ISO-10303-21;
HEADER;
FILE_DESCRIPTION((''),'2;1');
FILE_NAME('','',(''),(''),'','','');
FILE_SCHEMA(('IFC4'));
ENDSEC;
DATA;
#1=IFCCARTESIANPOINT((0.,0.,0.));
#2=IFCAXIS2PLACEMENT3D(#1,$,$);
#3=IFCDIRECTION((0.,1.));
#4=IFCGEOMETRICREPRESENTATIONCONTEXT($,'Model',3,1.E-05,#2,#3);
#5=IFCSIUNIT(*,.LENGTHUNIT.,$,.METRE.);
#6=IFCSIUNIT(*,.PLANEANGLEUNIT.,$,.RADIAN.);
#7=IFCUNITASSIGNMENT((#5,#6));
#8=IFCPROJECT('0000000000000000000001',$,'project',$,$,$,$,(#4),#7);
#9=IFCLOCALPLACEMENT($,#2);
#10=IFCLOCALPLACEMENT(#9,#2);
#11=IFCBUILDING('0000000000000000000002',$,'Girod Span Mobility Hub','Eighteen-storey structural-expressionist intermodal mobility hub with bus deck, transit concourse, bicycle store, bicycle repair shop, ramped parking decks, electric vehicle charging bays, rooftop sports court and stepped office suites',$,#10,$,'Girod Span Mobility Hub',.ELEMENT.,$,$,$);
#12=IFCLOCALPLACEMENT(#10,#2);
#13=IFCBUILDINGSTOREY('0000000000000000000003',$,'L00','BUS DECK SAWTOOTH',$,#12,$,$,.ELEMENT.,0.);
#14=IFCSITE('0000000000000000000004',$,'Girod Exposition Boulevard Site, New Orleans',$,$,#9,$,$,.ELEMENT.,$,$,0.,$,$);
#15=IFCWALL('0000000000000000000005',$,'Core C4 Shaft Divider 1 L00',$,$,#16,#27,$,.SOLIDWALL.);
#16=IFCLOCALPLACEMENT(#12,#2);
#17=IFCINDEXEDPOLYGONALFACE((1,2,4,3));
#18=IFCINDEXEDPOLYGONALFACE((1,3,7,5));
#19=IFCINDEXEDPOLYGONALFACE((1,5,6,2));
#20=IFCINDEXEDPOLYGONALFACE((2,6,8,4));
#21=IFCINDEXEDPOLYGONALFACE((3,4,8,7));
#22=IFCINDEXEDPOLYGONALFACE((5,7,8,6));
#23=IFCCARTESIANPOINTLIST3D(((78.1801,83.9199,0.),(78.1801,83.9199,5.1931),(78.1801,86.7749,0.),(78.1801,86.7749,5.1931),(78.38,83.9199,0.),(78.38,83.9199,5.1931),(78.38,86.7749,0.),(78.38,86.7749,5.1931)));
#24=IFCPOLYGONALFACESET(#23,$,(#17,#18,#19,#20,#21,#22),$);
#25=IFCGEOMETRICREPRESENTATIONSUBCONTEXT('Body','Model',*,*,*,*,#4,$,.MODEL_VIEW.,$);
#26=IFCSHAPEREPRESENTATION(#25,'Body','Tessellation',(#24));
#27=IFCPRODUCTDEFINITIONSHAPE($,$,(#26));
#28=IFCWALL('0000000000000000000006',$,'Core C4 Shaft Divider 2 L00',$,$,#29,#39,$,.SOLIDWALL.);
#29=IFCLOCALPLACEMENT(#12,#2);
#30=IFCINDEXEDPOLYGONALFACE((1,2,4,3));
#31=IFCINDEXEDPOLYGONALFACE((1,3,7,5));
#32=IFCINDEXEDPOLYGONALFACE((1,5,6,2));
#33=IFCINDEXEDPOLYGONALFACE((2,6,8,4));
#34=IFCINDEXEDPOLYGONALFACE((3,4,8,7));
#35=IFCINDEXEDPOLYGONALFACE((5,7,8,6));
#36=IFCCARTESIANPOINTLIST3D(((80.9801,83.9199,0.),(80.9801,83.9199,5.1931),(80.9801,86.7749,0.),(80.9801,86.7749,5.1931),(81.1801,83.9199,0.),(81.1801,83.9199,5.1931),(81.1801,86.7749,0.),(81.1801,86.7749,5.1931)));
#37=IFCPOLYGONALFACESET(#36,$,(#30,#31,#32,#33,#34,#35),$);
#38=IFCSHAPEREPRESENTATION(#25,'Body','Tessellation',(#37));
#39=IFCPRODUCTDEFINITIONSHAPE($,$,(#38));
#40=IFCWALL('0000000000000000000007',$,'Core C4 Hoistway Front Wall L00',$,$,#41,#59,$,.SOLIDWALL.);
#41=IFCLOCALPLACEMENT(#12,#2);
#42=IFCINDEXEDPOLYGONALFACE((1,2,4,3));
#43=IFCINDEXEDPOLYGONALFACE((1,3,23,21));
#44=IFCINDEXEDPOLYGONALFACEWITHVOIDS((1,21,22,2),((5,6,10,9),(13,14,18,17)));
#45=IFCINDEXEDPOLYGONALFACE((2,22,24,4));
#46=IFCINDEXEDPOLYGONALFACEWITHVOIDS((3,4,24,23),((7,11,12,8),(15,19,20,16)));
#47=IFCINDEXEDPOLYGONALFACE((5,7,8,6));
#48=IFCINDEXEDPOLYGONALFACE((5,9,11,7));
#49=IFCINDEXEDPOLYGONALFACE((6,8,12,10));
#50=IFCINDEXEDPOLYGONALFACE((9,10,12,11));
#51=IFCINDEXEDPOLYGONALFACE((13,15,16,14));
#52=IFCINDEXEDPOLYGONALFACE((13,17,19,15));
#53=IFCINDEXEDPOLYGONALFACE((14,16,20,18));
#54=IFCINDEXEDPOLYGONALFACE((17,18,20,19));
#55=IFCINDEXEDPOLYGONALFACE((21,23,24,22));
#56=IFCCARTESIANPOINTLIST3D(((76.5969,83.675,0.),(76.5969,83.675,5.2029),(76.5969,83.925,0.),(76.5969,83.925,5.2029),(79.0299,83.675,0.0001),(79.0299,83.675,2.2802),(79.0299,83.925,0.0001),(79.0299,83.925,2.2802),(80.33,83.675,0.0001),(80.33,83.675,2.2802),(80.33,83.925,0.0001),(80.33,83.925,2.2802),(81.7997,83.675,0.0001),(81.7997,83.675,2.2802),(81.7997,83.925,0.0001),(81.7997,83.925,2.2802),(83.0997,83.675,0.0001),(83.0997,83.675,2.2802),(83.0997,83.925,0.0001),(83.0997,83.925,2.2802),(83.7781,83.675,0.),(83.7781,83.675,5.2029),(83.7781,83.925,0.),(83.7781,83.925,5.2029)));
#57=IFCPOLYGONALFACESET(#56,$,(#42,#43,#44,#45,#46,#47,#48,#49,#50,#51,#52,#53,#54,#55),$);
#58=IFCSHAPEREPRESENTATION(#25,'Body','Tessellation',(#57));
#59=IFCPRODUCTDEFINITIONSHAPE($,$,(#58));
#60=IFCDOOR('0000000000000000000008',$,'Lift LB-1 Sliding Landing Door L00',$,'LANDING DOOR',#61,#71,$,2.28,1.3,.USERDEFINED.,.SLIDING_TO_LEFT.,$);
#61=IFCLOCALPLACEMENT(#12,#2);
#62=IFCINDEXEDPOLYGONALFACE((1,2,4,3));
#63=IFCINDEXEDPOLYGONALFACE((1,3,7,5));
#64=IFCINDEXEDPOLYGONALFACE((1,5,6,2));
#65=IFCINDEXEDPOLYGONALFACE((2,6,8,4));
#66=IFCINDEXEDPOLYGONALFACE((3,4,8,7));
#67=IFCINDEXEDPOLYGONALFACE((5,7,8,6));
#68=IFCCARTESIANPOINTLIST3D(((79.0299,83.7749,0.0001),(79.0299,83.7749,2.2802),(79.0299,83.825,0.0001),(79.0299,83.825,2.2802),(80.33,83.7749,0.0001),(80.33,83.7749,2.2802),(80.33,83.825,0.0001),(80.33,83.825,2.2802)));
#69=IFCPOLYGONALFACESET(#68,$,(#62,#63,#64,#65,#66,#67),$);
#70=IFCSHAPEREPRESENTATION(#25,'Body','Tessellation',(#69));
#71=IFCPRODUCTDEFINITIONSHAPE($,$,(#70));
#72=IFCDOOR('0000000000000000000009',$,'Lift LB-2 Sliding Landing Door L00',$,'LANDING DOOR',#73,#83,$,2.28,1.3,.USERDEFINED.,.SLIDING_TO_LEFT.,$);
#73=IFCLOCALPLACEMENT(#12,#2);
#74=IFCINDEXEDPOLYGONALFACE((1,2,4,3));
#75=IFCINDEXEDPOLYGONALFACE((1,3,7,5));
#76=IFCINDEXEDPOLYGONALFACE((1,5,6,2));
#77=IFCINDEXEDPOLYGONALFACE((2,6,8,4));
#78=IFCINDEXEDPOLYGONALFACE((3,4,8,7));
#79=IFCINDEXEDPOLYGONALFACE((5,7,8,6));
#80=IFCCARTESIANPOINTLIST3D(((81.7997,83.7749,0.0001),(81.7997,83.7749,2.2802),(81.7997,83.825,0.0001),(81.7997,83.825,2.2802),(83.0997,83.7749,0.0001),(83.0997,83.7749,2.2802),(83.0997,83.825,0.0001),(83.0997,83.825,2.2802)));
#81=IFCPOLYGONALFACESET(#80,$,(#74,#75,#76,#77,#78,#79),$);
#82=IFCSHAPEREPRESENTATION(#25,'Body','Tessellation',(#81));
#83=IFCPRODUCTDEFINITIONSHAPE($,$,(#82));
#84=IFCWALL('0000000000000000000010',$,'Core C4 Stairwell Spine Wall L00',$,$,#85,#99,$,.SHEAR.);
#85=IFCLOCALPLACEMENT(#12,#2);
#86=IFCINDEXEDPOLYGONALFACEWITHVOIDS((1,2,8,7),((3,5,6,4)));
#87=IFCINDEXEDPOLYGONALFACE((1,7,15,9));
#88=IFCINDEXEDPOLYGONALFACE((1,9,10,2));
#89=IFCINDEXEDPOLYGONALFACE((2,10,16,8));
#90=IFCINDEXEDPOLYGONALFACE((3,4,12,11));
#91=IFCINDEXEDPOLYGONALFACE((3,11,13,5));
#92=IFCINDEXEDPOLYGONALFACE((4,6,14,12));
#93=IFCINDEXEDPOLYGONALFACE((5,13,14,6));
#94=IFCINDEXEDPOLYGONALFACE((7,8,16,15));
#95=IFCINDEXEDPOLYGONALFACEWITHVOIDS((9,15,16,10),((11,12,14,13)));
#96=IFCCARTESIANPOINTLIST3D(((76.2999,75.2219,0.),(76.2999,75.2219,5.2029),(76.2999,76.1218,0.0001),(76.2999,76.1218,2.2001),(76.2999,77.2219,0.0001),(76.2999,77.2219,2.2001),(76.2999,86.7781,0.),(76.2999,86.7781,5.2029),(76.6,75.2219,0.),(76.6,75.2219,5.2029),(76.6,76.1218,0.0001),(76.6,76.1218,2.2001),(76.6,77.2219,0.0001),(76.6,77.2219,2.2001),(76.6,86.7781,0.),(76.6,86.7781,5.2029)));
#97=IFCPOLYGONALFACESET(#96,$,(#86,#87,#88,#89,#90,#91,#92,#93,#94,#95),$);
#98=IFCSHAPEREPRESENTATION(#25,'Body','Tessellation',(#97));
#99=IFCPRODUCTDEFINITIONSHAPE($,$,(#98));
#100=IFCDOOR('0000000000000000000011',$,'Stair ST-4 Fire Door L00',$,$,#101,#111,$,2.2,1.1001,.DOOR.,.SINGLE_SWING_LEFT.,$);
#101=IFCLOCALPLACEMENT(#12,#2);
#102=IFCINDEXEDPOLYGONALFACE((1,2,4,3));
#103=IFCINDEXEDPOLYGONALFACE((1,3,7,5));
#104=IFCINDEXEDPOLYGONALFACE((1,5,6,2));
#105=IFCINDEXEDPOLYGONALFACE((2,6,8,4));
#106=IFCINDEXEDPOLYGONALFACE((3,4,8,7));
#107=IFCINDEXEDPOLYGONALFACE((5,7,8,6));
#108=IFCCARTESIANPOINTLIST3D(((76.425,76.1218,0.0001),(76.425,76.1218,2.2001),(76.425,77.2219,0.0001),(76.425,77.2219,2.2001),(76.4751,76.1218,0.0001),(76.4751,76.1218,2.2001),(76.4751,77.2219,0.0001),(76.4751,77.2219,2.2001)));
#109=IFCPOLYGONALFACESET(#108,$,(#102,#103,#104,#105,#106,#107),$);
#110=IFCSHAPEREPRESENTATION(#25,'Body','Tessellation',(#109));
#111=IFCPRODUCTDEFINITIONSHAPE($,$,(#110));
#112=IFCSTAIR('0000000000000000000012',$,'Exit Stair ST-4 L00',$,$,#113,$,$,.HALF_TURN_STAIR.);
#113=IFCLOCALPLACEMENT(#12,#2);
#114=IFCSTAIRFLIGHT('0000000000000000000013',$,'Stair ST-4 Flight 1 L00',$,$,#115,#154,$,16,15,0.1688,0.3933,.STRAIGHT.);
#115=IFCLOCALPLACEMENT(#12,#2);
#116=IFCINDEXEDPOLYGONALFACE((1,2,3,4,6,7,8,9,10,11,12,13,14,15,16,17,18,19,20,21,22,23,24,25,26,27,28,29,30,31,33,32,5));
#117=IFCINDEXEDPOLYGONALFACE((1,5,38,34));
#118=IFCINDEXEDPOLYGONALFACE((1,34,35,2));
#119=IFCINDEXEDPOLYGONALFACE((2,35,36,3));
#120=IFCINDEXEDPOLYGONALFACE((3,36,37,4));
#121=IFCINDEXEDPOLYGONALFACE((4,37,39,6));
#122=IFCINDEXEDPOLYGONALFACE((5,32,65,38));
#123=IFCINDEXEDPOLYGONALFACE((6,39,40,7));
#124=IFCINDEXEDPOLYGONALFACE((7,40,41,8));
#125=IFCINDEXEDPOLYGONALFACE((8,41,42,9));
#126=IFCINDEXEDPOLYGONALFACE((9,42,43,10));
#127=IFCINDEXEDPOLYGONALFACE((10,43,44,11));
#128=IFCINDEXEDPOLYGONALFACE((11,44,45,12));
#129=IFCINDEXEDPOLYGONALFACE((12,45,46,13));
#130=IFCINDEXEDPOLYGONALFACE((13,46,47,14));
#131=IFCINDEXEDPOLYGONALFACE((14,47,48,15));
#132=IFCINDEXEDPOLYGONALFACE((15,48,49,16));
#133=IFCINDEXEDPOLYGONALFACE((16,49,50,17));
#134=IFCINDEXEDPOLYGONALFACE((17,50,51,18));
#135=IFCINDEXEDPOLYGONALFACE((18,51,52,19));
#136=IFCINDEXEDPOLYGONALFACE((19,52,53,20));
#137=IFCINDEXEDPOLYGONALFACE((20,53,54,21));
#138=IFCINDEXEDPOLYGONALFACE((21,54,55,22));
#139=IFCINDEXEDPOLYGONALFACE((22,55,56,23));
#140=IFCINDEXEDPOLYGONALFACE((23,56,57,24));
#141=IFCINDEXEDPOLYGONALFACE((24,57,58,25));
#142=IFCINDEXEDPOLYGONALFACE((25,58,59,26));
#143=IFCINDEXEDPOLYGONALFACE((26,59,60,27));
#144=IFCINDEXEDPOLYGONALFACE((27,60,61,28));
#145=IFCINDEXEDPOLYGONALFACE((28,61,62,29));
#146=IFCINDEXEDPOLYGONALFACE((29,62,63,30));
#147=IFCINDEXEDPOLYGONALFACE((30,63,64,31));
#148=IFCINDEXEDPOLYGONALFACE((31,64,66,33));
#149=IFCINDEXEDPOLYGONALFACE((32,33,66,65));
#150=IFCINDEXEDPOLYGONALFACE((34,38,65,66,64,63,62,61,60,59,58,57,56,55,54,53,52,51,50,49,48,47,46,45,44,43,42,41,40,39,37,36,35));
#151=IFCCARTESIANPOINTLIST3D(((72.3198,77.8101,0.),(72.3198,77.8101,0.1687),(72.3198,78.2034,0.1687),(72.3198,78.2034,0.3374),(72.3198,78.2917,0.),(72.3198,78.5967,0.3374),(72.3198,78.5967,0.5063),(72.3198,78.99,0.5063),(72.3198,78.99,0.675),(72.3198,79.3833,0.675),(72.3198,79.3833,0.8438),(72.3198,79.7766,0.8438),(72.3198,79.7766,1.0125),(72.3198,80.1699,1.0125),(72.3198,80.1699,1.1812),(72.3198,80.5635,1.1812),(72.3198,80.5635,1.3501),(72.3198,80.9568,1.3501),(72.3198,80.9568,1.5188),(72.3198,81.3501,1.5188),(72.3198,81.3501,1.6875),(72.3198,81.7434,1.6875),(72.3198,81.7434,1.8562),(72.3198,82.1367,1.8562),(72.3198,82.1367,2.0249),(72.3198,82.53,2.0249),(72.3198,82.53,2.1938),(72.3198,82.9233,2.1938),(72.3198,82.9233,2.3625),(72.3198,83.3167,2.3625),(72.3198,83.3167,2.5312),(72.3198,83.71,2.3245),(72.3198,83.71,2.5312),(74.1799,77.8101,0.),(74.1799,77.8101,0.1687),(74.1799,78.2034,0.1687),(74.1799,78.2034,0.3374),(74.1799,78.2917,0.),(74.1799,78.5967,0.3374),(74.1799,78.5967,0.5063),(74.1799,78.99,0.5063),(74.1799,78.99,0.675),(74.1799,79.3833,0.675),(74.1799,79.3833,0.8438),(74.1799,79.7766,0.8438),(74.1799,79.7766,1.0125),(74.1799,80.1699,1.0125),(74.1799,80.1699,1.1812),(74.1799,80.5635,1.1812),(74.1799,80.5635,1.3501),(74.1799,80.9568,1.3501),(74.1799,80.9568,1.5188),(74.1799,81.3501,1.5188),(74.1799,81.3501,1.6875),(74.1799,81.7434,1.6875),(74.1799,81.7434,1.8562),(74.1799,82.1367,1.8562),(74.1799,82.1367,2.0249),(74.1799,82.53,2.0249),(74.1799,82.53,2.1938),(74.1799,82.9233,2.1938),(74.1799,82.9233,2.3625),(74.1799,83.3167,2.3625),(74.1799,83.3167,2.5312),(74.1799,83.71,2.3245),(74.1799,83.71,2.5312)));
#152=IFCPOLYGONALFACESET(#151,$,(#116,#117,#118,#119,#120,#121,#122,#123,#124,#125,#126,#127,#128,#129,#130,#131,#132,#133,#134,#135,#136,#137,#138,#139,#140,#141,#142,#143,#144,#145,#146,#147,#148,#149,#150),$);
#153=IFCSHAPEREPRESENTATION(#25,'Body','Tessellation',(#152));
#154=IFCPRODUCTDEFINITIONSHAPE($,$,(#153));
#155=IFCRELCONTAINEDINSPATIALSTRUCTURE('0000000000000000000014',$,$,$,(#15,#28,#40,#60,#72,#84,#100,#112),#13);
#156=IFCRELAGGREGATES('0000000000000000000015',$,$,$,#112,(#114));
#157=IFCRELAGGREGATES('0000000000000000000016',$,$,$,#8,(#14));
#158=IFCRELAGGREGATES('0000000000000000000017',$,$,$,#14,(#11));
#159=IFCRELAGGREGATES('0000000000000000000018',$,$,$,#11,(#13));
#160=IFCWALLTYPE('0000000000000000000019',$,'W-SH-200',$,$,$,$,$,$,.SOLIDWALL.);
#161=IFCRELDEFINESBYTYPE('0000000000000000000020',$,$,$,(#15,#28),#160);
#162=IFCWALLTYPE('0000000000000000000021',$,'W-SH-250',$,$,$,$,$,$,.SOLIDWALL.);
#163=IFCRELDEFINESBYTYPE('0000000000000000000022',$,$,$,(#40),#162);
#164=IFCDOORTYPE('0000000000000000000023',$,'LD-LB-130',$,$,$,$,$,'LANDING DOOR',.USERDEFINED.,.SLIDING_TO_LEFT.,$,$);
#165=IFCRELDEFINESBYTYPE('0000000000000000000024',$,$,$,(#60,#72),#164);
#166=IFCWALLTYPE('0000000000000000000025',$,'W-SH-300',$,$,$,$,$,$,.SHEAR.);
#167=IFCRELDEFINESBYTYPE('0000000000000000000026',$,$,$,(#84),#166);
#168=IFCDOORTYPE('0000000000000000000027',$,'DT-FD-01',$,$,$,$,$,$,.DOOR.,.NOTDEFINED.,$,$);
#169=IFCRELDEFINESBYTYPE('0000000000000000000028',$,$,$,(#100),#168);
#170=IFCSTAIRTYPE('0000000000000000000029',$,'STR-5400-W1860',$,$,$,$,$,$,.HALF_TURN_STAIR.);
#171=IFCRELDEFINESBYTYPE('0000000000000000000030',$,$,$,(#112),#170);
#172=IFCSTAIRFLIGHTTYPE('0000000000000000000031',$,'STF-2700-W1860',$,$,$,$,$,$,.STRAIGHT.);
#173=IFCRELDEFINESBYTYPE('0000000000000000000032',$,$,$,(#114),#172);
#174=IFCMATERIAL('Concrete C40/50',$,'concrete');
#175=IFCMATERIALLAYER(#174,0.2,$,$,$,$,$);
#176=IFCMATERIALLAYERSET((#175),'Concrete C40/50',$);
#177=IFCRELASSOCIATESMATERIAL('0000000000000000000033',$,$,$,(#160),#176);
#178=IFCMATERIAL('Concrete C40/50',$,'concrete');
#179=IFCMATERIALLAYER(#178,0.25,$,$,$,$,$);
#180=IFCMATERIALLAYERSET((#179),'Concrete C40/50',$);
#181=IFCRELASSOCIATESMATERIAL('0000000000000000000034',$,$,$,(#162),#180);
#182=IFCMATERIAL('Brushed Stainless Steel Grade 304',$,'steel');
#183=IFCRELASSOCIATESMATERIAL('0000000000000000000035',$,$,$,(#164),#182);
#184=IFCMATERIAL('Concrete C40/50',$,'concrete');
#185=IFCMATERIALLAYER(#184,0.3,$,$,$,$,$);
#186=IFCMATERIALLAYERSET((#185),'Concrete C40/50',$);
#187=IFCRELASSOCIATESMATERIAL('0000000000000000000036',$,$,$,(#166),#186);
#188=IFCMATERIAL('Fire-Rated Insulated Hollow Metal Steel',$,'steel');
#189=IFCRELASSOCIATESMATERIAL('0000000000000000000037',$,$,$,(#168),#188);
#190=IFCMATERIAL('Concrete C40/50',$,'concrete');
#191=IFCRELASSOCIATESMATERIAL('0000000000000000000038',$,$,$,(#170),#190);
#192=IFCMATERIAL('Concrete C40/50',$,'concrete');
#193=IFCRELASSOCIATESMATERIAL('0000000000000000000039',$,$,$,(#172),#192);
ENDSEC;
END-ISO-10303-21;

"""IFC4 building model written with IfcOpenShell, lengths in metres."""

from ifc_helpers import new_model, si_unit, direction, frame, frame_2d, origin, place, context, subcontext, project, spatial, polyline, rectangle, outline, extrude, material, layer, layer_set, type_object, element, fill, aggregate, save


model = new_model("IFC4")

# Units and contexts
model_context = context("Model", 3, precision=1e-05, world=origin(), true_north=direction((0.0, 1.0)))
body_context = subcontext(model_context, "Body", "Model", "MODEL_VIEW")
ifc_project = project(units=[si_unit("LENGTHUNIT", "METRE"), si_unit("PLANEANGLEUNIT", "RADIAN")], contexts=[model_context])

# Site, building, storey
site_placement = place(None, origin())
site = spatial("IfcSite", under=ifc_project, at=site_placement, Name="Girod Exposition Boulevard Site, New Orleans", CompositionType="ELEMENT", RefElevation=0.0)
building_placement = place(site_placement, origin())
building = spatial("IfcBuilding", under=site, at=building_placement, Name="Girod Span Mobility Hub", Description="Eighteen-storey structural-expressionist intermodal mobility hub with bus deck, transit concourse, bicycle store, bicycle repair shop, ramped parking decks, electric vehicle charging bays, rooftop sports court and stepped office suites", LongName="Girod Span Mobility Hub", CompositionType="ELEMENT")
storey_placement = place(building_placement, origin())
storey = spatial("IfcBuildingStorey", under=building, at=storey_placement, Name="L00", Description="BUS DECK SAWTOOTH", CompositionType="ELEMENT", Elevation=0.0)

# Walls
ifc_material_1 = material(Name="Concrete C40/50", Category="concrete")
ifc_layer_1 = layer(ifc_material_1, 0.2)
ifc_layer_set_1 = layer_set([ifc_layer_1], Name="Concrete C40/50")
wall_type_1 = type_object("IfcWallType", Name="W-SH-200", PredefinedType="SOLIDWALL", material=ifc_layer_set_1)
for number, where, z_axis, x_axis, name in (
    (1, (78.28, 83.9199, 0.0), (0.0, 0.0, 1.0), (0.0, 1.0, 0.0), "Core C4 Shaft Divider 1 L00"),
    (2, (81.0801, 83.9199, 0.0), (0.0, 0.0, 1.0), (0.0, 1.0, 0.0), "Core C4 Shaft Divider 2 L00"),
):
    element("IfcWall", number, at=place(storey_placement, frame(where, z_axis=z_axis, x_axis=x_axis)), inside=storey, type_object=wall_type_1, Name=name, PredefinedType="SOLIDWALL", context=body_context, shape_type="SweptSolid", body=[
        extrude(rectangle(XDim=2.855, YDim=0.2, at=frame_2d((1.4275, 0.0))), origin(), (0.0, 0.0, 1.0), 5.1931),
    ])

# Wall, openings, doors
ifc_material_2 = material(Name="Concrete C40/50", Category="concrete")
ifc_layer_2 = layer(ifc_material_2, 0.25)
ifc_layer_set_2 = layer_set([ifc_layer_2], Name="Concrete C40/50")
wall_type_2 = type_object("IfcWallType", Name="W-SH-250", PredefinedType="SOLIDWALL", material=ifc_layer_set_2)
wall_1_placement = place(storey_placement, frame((76.5969, 83.8, 0.0), z_axis=(0.0, 0.0, 1.0), x_axis=(1.0, 0.0, 0.0)))
wall_1 = element("IfcWall", 3, at=wall_1_placement, inside=storey, type_object=wall_type_2, Name="Core C4 Hoistway Front Wall L00", PredefinedType="SOLIDWALL", context=body_context, shape_type="SweptSolid", body=[
    extrude(rectangle(XDim=7.1812, YDim=0.25, at=frame_2d((3.5906, 0.0))), origin(), (0.0, 0.0, 1.0), 5.2029),
])
opening_1_placement = place(wall_1_placement, frame((2.4331, 0.0, 0.0)))
opening_1 = element("IfcOpeningElement", 4, at=opening_1_placement, cuts=wall_1, PredefinedType="OPENING", context=body_context, shape_type="SweptSolid", body=[
    extrude(rectangle(XDim=1.3, YDim=2.28, at=frame_2d((0.6499, 1.1401))), frame((0.0, 0.1399, 0.0), z_axis=(0.0, -1.0, 0.0), x_axis=(1.0, 0.0, 0.0)), (0.0, 0.0, 1.0), 0.28),
])
opening_2_placement = place(wall_1_placement, frame((5.2029, 0.0, 0.0)))
opening_2 = element("IfcOpeningElement", 5, at=opening_2_placement, cuts=wall_1, PredefinedType="OPENING", context=body_context, shape_type="SweptSolid", body=[
    extrude(rectangle(XDim=1.3, YDim=2.28, at=frame_2d((0.6499, 1.1401))), frame((0.0, 0.1399, 0.0), z_axis=(0.0, -1.0, 0.0), x_axis=(1.0, 0.0, 0.0)), (0.0, 0.0, 1.0), 0.28),
])
ifc_material_3 = material(Name="Brushed Stainless Steel Grade 304", Category="steel")
door_type_1 = type_object("IfcDoorType", Name="LD-LB-130", ElementType="LANDING DOOR", OperationType="SLIDING_TO_LEFT", PredefinedType="USERDEFINED", material=ifc_material_3)
door_1_placement = place(opening_1_placement, origin())
door_1 = element("IfcDoor", 6, at=door_1_placement, inside=storey, type_object=door_type_1, Name="Lift LB-1 Sliding Landing Door L00", ObjectType="LANDING DOOR", OperationType="SLIDING_TO_LEFT", OverallHeight=2.28, OverallWidth=1.3, PredefinedType="USERDEFINED", context=body_context, shape_type="SweptSolid", body=[
    extrude(rectangle(XDim=1.3, YDim=2.28, at=frame_2d((0.6499, 1.1401))), frame((0.0, 0.0249, 0.0), z_axis=(0.0, -1.0, 0.0), x_axis=(1.0, 0.0, 0.0)), (0.0, 0.0, 1.0), 0.05),
])
fill(opening_1, door_1)
door_2_placement = place(opening_2_placement, origin())
door_2 = element("IfcDoor", 7, at=door_2_placement, inside=storey, type_object=door_type_1, Name="Lift LB-2 Sliding Landing Door L00", ObjectType="LANDING DOOR", OperationType="SLIDING_TO_LEFT", OverallHeight=2.28, OverallWidth=1.3, PredefinedType="USERDEFINED", context=body_context, shape_type="SweptSolid", body=[
    extrude(rectangle(XDim=1.3, YDim=2.28, at=frame_2d((0.6499, 1.1401))), frame((0.0, 0.0249, 0.0), z_axis=(0.0, -1.0, 0.0), x_axis=(1.0, 0.0, 0.0)), (0.0, 0.0, 1.0), 0.05),
])
fill(opening_2, door_2)

# Wall, opening, door
ifc_material_4 = material(Name="Concrete C40/50", Category="concrete")
ifc_layer_3 = layer(ifc_material_4, 0.3)
ifc_layer_set_3 = layer_set([ifc_layer_3], Name="Concrete C40/50")
wall_type_3 = type_object("IfcWallType", Name="W-SH-300", PredefinedType="SHEAR", material=ifc_layer_set_3)
wall_2_placement = place(storey_placement, frame((76.45, 75.2219, 0.0), z_axis=(0.0, 0.0, 1.0), x_axis=(0.0, 1.0, 0.0)))
wall_2 = element("IfcWall", 8, at=wall_2_placement, inside=storey, type_object=wall_type_3, Name="Core C4 Stairwell Spine Wall L00", PredefinedType="SHEAR", context=body_context, shape_type="SweptSolid", body=[
    extrude(rectangle(XDim=11.5562, YDim=0.3, at=frame_2d((5.7781, 0.0))), origin(), (0.0, 0.0, 1.0), 5.2029),
])
opening_3_placement = place(wall_2_placement, frame((0.8999, 0.0, 0.0)))
opening_3 = element("IfcOpeningElement", 9, at=opening_3_placement, cuts=wall_2, PredefinedType="OPENING", context=body_context, shape_type="SweptSolid", body=[
    extrude(rectangle(XDim=1.1001, YDim=2.2, at=frame_2d((0.55, 1.1001))), frame((0.0, 0.165, 0.0), z_axis=(0.0, -1.0, 0.0), x_axis=(1.0, 0.0, 0.0)), (0.0, 0.0, 1.0), 0.3301),
])
ifc_material_5 = material(Name="Fire-Rated Insulated Hollow Metal Steel", Category="steel")
door_type_2 = type_object("IfcDoorType", Name="DT-FD-01", OperationType="NOTDEFINED", PredefinedType="DOOR", material=ifc_material_5)
door_3_placement = place(opening_3_placement, origin())
door_3 = element("IfcDoor", 10, at=door_3_placement, inside=storey, type_object=door_type_2, Name="Stair ST-4 Fire Door L00", OperationType="SINGLE_SWING_LEFT", OverallHeight=2.2, OverallWidth=1.1001, PredefinedType="DOOR", context=body_context, shape_type="SweptSolid", body=[
    extrude(rectangle(XDim=1.1001, YDim=2.2, at=frame_2d((0.55, 1.1001))), frame((0.0, 0.0249, 0.0), z_axis=(0.0, -1.0, 0.0), x_axis=(1.0, 0.0, 0.0)), (0.0, 0.0, 1.0), 0.05),
])
fill(opening_3, door_3)

# Stair, stair flight
ifc_material_6 = material(Name="Concrete C40/50", Category="concrete")
stair_type = type_object("IfcStairType", Name="STR-5400-W1860", PredefinedType="HALF_TURN_STAIR", material=ifc_material_6)
stair_placement = place(storey_placement, origin())
stair = element("IfcStair", 11, at=stair_placement, inside=storey, type_object=stair_type, Name="Exit Stair ST-4 L00", PredefinedType="HALF_TURN_STAIR")
ifc_material_7 = material(Name="Concrete C40/50", Category="concrete")
stair_flight_type = type_object("IfcStairFlightType", Name="STF-2700-W1860", PredefinedType="STRAIGHT", material=ifc_material_7)
stair_flight_1_placement = place(storey_placement, frame((73.25, 77.8101, 0.0), z_axis=(0.0, 0.0, 1.0), x_axis=(0.0, 1.0, 0.0)))
stair_flight_1 = element("IfcStairFlight", 12, at=stair_flight_1_placement, type_object=stair_flight_type, Name="Stair ST-4 Flight 1 L00", NumberOfRisers=16, NumberOfTreads=15, PredefinedType="STRAIGHT", RiserHeight=0.1688, TreadLength=0.3933, context=body_context, shape_type="SweptSolid", body=[
    extrude(outline(polyline([(0.0, 0.0), (0.0, 0.1687), (0.3933, 0.1687), (0.3933, 0.3374), (0.7866, 0.3374), (0.7866, 0.5063), (1.1799, 0.5063), (1.1799, 0.675), (1.5732, 0.675), (1.5732, 0.8438), (1.9666, 0.8438), (1.9666, 1.0125), (2.3599, 1.0125), (2.3599, 1.1812), (2.7534, 1.1812), (2.7534, 1.3501), (3.1467, 1.3501), (3.1467, 1.5188), (3.54, 1.5188), (3.54, 1.6875), (3.9333, 1.6875), (3.9333, 1.8562), (4.3267, 1.8562), (4.3267, 2.0249), (4.72, 2.0249), (4.72, 2.1938), (5.1133, 2.1938), (5.1133, 2.3625), (5.5066, 2.3625), (5.5066, 2.5312), (5.8999, 2.5312), (5.8999, 2.7), (5.8999, 2.3245), (0.4817, 0.0), (0.0, 0.0)])), frame((0.0, 0.9302, 0.0), z_axis=(0.0, -1.0, 0.0), x_axis=(1.0, 0.0, 0.0)), (0.0, 0.0, 1.0), 1.8601),
])
aggregate(stair, [stair_flight_1])

save(model, "model.ifc")
